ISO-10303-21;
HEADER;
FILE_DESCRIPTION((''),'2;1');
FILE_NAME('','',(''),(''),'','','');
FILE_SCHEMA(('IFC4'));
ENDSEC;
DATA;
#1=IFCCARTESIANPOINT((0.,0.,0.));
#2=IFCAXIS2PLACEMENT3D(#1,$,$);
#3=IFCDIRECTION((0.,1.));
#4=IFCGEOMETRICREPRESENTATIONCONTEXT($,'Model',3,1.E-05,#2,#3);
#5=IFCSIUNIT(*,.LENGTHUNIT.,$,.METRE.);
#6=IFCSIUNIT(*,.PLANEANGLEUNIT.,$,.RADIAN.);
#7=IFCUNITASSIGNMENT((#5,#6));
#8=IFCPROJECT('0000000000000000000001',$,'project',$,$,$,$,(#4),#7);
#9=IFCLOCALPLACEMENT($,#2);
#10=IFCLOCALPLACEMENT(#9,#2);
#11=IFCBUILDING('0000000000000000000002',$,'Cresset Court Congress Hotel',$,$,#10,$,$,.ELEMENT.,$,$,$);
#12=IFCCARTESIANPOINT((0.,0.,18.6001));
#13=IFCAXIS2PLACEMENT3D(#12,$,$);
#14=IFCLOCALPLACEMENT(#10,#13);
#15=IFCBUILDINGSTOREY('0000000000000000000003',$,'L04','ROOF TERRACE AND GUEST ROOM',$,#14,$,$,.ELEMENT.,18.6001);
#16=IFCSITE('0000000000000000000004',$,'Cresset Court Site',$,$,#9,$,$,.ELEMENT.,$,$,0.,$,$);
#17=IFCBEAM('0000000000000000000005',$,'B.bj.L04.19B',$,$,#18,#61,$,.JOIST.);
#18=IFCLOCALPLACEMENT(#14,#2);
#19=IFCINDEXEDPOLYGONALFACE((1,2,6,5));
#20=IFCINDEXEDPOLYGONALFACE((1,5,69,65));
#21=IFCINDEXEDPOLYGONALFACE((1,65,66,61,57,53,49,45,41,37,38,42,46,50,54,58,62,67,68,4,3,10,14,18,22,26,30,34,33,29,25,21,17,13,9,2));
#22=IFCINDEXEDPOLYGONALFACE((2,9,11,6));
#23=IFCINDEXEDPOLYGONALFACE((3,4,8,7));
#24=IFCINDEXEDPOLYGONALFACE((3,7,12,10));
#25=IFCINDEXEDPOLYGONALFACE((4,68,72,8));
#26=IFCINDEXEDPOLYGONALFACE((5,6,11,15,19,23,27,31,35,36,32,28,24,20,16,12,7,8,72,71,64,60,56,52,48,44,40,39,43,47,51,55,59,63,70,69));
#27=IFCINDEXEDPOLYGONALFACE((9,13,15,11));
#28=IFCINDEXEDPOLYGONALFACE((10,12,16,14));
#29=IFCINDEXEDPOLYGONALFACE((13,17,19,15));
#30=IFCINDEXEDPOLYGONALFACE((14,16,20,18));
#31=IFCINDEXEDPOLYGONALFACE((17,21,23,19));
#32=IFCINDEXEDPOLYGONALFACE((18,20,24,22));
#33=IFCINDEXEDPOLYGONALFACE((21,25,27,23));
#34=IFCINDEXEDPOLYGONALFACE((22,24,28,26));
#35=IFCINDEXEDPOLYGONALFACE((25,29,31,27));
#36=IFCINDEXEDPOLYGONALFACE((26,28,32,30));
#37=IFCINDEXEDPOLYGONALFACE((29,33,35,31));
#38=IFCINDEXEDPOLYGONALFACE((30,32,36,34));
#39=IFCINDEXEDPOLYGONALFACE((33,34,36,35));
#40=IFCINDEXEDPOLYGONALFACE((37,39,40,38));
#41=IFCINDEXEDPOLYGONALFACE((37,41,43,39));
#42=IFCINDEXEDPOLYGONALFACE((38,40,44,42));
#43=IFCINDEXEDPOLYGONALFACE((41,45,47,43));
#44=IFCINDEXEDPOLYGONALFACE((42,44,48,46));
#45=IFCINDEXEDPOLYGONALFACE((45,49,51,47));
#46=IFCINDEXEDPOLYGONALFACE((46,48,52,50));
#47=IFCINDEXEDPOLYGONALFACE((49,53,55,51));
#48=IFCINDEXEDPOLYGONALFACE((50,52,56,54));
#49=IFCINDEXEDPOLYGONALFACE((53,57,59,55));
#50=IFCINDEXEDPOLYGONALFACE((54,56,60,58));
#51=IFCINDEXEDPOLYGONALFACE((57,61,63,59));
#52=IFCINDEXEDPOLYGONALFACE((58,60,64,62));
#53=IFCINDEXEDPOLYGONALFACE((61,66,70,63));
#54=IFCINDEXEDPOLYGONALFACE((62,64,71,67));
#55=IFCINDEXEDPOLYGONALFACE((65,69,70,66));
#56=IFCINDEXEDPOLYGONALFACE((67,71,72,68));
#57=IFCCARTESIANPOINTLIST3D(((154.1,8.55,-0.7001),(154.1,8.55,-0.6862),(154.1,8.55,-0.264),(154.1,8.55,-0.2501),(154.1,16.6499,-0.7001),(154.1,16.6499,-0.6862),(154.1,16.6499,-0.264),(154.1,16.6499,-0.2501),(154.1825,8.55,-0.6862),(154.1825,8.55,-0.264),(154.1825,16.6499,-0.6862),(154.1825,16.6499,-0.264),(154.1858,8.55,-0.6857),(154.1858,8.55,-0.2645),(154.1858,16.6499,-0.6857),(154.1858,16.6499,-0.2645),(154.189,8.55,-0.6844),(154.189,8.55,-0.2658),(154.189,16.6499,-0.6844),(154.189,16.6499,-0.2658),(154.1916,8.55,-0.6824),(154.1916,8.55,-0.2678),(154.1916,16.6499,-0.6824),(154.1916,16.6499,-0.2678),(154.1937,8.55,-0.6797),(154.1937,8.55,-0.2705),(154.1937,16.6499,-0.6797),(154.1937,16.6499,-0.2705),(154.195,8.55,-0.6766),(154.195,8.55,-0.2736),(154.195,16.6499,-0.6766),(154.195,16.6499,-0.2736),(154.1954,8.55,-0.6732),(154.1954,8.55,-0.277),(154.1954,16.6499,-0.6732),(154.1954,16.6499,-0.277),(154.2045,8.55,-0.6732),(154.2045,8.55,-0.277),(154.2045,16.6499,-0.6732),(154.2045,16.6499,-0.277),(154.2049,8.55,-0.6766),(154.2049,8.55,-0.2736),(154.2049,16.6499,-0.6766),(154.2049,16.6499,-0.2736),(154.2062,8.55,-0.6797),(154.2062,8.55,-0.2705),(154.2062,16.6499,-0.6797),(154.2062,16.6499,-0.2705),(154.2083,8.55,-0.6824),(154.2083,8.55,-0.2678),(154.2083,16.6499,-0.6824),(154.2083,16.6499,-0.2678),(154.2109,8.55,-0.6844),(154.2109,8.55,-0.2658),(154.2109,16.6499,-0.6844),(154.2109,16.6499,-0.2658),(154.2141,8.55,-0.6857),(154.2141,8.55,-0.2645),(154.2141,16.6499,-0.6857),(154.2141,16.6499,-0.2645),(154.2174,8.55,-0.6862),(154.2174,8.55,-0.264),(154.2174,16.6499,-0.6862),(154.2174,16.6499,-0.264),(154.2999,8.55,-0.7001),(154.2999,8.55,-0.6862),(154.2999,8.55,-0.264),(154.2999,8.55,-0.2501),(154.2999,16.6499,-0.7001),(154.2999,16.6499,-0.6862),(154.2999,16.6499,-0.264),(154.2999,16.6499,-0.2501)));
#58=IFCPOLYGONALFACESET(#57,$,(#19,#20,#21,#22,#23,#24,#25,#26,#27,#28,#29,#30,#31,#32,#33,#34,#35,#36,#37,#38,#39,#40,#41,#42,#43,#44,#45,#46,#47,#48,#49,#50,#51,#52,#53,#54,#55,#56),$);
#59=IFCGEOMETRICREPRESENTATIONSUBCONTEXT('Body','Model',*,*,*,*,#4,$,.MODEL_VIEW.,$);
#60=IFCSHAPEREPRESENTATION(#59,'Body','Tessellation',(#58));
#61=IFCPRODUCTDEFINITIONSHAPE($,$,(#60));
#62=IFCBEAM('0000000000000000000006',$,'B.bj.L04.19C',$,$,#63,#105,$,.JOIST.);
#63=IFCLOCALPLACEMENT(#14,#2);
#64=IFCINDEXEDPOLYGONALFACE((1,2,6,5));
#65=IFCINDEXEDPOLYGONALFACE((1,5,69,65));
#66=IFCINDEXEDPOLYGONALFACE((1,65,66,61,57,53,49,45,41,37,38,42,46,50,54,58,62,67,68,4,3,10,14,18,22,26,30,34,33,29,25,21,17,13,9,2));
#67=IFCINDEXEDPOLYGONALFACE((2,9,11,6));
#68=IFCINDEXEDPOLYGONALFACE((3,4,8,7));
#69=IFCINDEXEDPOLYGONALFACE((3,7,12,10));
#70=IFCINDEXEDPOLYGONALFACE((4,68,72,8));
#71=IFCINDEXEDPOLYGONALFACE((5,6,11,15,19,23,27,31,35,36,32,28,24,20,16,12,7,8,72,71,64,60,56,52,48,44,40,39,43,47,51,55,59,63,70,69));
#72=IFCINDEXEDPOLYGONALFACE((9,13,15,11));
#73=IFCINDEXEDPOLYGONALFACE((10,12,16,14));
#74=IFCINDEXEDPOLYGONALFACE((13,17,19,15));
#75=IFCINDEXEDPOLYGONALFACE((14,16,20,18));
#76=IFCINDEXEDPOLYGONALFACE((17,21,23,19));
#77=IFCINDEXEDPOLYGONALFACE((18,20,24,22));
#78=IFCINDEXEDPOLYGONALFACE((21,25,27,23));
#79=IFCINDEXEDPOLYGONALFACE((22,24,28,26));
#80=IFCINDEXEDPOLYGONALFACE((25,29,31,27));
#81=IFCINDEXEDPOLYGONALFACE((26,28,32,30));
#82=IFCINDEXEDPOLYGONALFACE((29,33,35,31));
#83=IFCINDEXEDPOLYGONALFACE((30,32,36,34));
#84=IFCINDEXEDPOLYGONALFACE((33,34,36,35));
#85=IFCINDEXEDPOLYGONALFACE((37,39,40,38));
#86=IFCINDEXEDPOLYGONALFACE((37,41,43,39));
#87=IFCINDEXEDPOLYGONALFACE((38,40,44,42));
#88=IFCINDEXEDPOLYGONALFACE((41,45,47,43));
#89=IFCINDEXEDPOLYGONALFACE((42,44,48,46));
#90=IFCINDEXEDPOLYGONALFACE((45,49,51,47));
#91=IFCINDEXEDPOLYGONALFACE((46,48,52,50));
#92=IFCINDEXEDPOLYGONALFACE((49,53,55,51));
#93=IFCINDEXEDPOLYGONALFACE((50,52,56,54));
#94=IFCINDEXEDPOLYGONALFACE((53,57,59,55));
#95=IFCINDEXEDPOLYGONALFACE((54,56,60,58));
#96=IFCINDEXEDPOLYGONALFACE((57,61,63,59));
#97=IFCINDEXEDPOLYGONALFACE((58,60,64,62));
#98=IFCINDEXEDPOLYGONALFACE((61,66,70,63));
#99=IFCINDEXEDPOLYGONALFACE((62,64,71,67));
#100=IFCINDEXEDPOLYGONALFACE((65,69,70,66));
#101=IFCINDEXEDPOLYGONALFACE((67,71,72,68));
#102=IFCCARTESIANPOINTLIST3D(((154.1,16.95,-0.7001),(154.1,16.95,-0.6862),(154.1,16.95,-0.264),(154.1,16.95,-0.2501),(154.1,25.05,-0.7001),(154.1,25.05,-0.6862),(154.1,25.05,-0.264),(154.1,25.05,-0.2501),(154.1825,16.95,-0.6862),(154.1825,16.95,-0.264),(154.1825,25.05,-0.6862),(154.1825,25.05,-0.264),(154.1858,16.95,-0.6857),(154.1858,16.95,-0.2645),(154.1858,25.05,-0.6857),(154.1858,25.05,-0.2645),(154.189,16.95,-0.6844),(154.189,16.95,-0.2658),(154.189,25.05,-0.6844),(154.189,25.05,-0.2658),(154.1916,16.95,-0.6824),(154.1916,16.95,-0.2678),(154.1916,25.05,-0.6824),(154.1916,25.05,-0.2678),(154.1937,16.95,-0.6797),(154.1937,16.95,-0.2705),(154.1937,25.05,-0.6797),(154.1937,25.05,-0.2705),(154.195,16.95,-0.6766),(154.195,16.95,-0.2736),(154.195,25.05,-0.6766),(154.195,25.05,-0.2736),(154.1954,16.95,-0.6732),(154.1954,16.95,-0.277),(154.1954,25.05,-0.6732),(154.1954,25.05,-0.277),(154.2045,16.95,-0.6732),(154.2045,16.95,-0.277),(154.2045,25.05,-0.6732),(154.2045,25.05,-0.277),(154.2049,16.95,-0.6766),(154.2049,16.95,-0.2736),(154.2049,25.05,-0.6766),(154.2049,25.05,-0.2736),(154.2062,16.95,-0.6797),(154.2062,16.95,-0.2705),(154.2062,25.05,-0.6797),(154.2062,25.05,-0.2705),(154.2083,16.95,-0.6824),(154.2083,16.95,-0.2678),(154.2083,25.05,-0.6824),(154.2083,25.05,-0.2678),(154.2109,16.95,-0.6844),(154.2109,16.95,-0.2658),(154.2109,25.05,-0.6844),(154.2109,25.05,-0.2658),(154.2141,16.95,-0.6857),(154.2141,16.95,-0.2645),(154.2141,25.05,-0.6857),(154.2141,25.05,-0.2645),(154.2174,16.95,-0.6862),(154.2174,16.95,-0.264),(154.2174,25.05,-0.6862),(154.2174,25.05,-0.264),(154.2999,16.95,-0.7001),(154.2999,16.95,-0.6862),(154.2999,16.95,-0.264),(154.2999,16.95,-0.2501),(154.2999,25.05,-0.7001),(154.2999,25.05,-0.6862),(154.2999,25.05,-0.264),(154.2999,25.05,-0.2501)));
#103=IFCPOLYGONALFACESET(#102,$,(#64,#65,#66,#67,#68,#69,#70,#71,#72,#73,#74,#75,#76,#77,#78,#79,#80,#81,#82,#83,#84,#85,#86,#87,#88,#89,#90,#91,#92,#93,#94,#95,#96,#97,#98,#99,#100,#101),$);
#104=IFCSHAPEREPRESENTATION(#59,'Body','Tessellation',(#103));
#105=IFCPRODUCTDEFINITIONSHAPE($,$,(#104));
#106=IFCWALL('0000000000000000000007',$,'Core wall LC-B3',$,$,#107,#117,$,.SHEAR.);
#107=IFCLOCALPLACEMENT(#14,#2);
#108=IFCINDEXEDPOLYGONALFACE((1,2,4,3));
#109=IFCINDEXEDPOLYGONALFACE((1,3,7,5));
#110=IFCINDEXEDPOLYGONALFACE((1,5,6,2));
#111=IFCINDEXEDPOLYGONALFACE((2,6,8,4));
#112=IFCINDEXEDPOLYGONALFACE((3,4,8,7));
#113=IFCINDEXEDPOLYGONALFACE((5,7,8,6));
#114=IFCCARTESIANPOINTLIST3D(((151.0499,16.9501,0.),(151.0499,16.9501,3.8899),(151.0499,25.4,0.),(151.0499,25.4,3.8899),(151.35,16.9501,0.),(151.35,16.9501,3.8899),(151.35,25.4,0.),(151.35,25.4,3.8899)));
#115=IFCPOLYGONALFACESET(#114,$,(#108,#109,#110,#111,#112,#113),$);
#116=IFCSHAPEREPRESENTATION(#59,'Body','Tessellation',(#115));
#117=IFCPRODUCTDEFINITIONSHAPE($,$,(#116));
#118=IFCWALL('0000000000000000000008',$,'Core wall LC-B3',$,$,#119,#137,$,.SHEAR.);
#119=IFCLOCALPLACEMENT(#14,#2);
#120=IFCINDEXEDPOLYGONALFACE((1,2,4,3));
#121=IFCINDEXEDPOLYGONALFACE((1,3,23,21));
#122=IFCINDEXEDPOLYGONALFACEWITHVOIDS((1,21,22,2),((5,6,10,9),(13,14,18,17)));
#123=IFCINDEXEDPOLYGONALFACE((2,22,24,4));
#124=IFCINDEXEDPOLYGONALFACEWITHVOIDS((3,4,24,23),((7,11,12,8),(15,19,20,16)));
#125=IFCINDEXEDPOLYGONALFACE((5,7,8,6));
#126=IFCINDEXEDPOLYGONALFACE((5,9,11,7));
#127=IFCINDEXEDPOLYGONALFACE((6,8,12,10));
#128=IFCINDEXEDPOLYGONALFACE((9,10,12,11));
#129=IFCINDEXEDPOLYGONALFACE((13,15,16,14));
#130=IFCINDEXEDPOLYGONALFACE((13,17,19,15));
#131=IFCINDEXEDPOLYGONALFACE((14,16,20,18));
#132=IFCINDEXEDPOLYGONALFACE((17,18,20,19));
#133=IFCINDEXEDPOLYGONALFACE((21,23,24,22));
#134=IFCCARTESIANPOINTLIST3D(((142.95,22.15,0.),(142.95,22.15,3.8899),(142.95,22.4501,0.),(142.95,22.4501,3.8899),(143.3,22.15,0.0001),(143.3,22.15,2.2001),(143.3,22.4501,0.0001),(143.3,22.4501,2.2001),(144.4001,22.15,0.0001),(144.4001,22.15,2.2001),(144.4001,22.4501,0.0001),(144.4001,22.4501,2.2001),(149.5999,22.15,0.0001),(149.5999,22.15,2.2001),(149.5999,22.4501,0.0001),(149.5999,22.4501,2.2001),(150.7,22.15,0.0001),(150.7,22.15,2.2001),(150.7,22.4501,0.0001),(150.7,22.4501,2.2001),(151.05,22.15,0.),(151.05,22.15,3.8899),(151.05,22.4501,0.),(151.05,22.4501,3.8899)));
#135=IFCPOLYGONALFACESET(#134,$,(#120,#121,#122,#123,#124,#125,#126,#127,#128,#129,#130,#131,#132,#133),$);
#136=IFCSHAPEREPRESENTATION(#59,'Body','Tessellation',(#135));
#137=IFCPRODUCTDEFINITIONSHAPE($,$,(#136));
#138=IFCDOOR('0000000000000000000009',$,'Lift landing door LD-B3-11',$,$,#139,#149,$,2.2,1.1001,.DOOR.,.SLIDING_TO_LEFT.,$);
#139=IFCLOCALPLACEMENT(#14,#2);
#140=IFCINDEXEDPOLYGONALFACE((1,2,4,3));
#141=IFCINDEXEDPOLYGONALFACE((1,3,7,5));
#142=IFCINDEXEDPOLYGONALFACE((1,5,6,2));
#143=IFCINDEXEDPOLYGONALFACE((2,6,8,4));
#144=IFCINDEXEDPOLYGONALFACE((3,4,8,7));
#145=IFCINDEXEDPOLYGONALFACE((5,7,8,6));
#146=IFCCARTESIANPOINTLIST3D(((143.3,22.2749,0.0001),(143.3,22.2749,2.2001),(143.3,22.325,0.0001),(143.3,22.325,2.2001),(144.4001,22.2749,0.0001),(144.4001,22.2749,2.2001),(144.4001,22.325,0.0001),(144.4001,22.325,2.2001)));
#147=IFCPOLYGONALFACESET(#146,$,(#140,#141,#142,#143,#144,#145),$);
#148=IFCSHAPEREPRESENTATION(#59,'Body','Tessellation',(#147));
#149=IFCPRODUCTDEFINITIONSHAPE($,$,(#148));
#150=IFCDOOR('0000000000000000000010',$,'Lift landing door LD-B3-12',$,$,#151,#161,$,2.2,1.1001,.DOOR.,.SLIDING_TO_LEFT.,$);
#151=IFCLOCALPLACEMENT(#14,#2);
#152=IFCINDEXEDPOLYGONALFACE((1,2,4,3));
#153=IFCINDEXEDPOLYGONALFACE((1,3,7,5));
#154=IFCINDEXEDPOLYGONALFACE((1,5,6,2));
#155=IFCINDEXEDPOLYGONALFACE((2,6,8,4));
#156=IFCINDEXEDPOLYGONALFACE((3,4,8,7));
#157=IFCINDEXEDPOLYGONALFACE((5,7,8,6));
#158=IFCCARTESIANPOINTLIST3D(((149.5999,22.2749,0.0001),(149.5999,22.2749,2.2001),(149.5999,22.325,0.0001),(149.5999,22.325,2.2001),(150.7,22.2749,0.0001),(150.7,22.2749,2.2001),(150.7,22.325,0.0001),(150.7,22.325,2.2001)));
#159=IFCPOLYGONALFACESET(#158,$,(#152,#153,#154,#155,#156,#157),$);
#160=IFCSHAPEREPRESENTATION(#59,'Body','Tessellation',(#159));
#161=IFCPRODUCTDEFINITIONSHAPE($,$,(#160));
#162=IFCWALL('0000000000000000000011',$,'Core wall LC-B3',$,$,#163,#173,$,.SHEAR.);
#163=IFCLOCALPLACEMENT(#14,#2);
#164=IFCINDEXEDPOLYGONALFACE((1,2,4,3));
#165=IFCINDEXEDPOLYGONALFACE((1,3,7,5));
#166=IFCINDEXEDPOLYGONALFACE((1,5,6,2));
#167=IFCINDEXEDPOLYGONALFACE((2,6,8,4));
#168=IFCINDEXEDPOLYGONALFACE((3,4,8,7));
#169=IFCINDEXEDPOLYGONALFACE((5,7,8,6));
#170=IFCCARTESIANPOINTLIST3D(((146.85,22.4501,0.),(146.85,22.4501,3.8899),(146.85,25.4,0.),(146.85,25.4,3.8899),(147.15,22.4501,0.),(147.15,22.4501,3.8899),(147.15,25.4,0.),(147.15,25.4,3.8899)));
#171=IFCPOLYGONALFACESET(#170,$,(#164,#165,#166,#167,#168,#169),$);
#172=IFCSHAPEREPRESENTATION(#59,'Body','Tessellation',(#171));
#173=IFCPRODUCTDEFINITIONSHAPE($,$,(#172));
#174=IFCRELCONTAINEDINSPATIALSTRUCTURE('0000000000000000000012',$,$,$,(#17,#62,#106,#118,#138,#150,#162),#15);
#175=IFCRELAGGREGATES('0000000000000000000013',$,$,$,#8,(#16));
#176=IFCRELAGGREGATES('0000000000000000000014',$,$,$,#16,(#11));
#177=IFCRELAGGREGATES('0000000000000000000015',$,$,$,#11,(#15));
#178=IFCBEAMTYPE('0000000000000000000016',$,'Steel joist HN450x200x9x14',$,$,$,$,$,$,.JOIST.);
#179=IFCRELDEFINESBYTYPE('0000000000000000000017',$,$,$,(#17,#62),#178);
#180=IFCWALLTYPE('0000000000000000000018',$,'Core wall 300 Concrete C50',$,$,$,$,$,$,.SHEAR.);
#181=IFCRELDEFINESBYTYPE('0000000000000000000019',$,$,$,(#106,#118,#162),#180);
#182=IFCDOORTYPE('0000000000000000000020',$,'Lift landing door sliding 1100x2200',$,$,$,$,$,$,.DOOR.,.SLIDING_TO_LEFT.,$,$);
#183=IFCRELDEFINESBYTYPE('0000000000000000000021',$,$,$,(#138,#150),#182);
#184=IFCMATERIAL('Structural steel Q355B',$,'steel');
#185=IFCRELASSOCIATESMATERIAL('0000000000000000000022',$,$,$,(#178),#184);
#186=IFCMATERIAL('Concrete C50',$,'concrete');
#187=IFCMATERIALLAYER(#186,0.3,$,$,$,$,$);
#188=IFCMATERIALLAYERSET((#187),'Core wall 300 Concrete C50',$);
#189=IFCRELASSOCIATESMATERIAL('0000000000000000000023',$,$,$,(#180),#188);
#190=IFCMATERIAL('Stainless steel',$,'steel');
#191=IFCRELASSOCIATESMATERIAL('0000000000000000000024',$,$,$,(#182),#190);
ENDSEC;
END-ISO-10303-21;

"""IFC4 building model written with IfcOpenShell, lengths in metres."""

from ifc_helpers import new_model, si_unit, direction, frame, frame_2d, origin, origin_2d, place, context, subcontext, project, spatial, rectangle, i_section, extrude, material, layer, layer_set, material_profile, profile_set, type_object, element, fill, save


model = new_model("IFC4")

# Units and contexts
model_context = context("Model", 3, precision=1e-05, world=origin(), true_north=direction((0.0, 1.0)))
body_context = subcontext(model_context, "Body", "Model", "MODEL_VIEW")
ifc_project = project(units=[si_unit("LENGTHUNIT", "METRE"), si_unit("PLANEANGLEUNIT", "RADIAN")], contexts=[model_context])

# Site, building, storey
site_placement = place(None, origin())
site = spatial("IfcSite", under=ifc_project, at=site_placement, Name="Cresset Court Site", CompositionType="ELEMENT", RefElevation=0.0)
building_placement = place(site_placement, origin())
building = spatial("IfcBuilding", under=site, at=building_placement, Name="Cresset Court Congress Hotel", CompositionType="ELEMENT")
storey_placement = place(building_placement, frame((0.0, 0.0, 18.6001)))
storey = spatial("IfcBuildingStorey", under=building, at=storey_placement, Name="L04", Description="ROOF TERRACE AND GUEST ROOM", CompositionType="ELEMENT", Elevation=18.6001)

# Beams
ifc_material_1 = material(Name="Structural steel Q355B", Category="steel")
ifc_material_profile_1 = material_profile(ifc_material_1, i_section(OverallWidth=0.2, OverallDepth=0.45, WebThickness=0.009, FlangeThickness=0.0139, FilletRadius=0.0129, at=origin_2d()), Name="HN450x200x9x14")
ifc_profile_set_1 = profile_set([ifc_material_profile_1], Name="Structural steel Q355B")
beam_type_1 = type_object("IfcBeamType", Name="Steel joist HN450x200x9x14", PredefinedType="JOIST", material=ifc_profile_set_1)
for number, where, z_axis, x_axis, name in (
    (1, (154.2, 8.55, -0.4751), (0.0, 1.0, 0.0), (-1.0, 0.0, 0.0), "B.bj.L04.19B"),
):
    element("IfcBeam", number, at=place(storey_placement, frame(where, z_axis=z_axis, x_axis=x_axis)), inside=storey, type_object=beam_type_1, Name=name, PredefinedType="JOIST", context=body_context, shape_type="SweptSolid", body=[
        extrude(i_section(OverallWidth=0.2, OverallDepth=0.45, WebThickness=0.009, FlangeThickness=0.0139, FilletRadius=0.0129, at=origin_2d()), origin(), (0.0, 0.0, 1.0), 8.0999),
    ])
beam_1_placement = place(storey_placement, frame((154.2, 16.95, -0.4751), z_axis=(0.0, 1.0, 0.0), x_axis=(-1.0, 0.0, 0.0)))
element("IfcBeam", 2, at=beam_1_placement, inside=storey, type_object=beam_type_1, Name="B.bj.L04.19C", PredefinedType="JOIST", context=body_context, shape_type="SweptSolid", body=[
    extrude(i_section(OverallWidth=0.2, OverallDepth=0.45, WebThickness=0.009, FlangeThickness=0.0139, FilletRadius=0.0129, at=origin_2d()), origin(), (0.0, 0.0, 1.0), 8.1001),
])

# Wall
ifc_material_2 = material(Name="Concrete C50", Category="concrete")
ifc_layer_1 = layer(ifc_material_2, 0.3)
ifc_layer_set_1 = layer_set([ifc_layer_1], Name="Core wall 300 Concrete C50")
wall_type_1 = type_object("IfcWallType", Name="Core wall 300 Concrete C50", PredefinedType="SHEAR", material=ifc_layer_set_1)
wall_1_placement = place(storey_placement, frame((151.2, 16.95, 0.0), z_axis=(0.0, 0.0, 1.0), x_axis=(0.0, 1.0, 0.0)))
element("IfcWall", 3, at=wall_1_placement, inside=storey, type_object=wall_type_1, Name="Core wall LC-B3", PredefinedType="SHEAR", context=body_context, shape_type="SweptSolid", body=[
    extrude(rectangle(XDim=8.45, YDim=0.3, at=frame_2d((4.2251, 0.0))), origin(), (0.0, 0.0, 1.0), 3.8899),
])

# Wall, openings, doors
wall_2_placement = place(storey_placement, frame((142.95, 22.3, 0.0), z_axis=(0.0, 0.0, 1.0), x_axis=(1.0, 0.0, 0.0)))
wall_2 = element("IfcWall", 4, at=wall_2_placement, inside=storey, type_object=wall_type_1, Name="Core wall LC-B3", PredefinedType="SHEAR", context=body_context, shape_type="SweptSolid", body=[
    extrude(rectangle(XDim=8.1001, YDim=0.3, at=frame_2d((4.05, 0.0))), origin(), (0.0, 0.0, 1.0), 3.8899),
])
opening_1_placement = place(wall_2_placement, frame((0.3501, 0.0, 0.0)))
opening_1 = element("IfcOpeningElement", 5, at=opening_1_placement, cuts=wall_2, PredefinedType="OPENING", context=body_context, shape_type="SweptSolid", body=[
    extrude(rectangle(XDim=1.1001, YDim=2.2, at=frame_2d((0.55, 1.1001))), frame((0.0, 0.1599, 0.0), z_axis=(0.0, -1.0, 0.0), x_axis=(1.0, 0.0, 0.0)), (0.0, 0.0, 1.0), 0.3201),
])
opening_2_placement = place(wall_2_placement, frame((6.6499, 0.0, 0.0)))
opening_2 = element("IfcOpeningElement", 6, at=opening_2_placement, cuts=wall_2, PredefinedType="OPENING", context=body_context, shape_type="SweptSolid", body=[
    extrude(rectangle(XDim=1.1001, YDim=2.2, at=frame_2d((0.55, 1.1001))), frame((0.0, 0.1599, 0.0), z_axis=(0.0, -1.0, 0.0), x_axis=(1.0, 0.0, 0.0)), (0.0, 0.0, 1.0), 0.3201),
])
ifc_material_3 = material(Name="Stainless steel", Category="steel")
door_type = type_object("IfcDoorType", Name="Lift landing door sliding 1100x2200", OperationType="SLIDING_TO_LEFT", PredefinedType="DOOR", material=ifc_material_3)
door_1_placement = place(opening_1_placement, origin())
door_1 = element("IfcDoor", 7, at=door_1_placement, inside=storey, type_object=door_type, Name="Lift landing door LD-B3-11", OperationType="SLIDING_TO_LEFT", OverallHeight=2.2, OverallWidth=1.1001, PredefinedType="DOOR", context=body_context, shape_type="SweptSolid", body=[
    extrude(rectangle(XDim=1.1001, YDim=2.2, at=frame_2d((0.55, 1.1001))), frame((0.0, 0.0249, 0.0), z_axis=(0.0, -1.0, 0.0), x_axis=(1.0, 0.0, 0.0)), (0.0, 0.0, 1.0), 0.05),
])
fill(opening_1, door_1)
door_2_placement = place(opening_2_placement, origin())
door_2 = element("IfcDoor", 8, at=door_2_placement, inside=storey, type_object=door_type, Name="Lift landing door LD-B3-12", OperationType="SLIDING_TO_LEFT", OverallHeight=2.2, OverallWidth=1.1001, PredefinedType="DOOR", context=body_context, shape_type="SweptSolid", body=[
    extrude(rectangle(XDim=1.1001, YDim=2.2, at=frame_2d((0.55, 1.1001))), frame((0.0, 0.0249, 0.0), z_axis=(0.0, -1.0, 0.0), x_axis=(1.0, 0.0, 0.0)), (0.0, 0.0, 1.0), 0.05),
])
fill(opening_2, door_2)

# Wall
wall_3_placement = place(storey_placement, frame((147.0, 22.45, 0.0), z_axis=(0.0, 0.0, 1.0), x_axis=(0.0, 1.0, 0.0)))
element("IfcWall", 9, at=wall_3_placement, inside=storey, type_object=wall_type_1, Name="Core wall LC-B3", PredefinedType="SHEAR", context=body_context, shape_type="SweptSolid", body=[
    extrude(rectangle(XDim=2.95, YDim=0.3, at=frame_2d((1.4751, 0.0))), origin(), (0.0, 0.0, 1.0), 3.8899),
])

save(model, "model.ifc")
